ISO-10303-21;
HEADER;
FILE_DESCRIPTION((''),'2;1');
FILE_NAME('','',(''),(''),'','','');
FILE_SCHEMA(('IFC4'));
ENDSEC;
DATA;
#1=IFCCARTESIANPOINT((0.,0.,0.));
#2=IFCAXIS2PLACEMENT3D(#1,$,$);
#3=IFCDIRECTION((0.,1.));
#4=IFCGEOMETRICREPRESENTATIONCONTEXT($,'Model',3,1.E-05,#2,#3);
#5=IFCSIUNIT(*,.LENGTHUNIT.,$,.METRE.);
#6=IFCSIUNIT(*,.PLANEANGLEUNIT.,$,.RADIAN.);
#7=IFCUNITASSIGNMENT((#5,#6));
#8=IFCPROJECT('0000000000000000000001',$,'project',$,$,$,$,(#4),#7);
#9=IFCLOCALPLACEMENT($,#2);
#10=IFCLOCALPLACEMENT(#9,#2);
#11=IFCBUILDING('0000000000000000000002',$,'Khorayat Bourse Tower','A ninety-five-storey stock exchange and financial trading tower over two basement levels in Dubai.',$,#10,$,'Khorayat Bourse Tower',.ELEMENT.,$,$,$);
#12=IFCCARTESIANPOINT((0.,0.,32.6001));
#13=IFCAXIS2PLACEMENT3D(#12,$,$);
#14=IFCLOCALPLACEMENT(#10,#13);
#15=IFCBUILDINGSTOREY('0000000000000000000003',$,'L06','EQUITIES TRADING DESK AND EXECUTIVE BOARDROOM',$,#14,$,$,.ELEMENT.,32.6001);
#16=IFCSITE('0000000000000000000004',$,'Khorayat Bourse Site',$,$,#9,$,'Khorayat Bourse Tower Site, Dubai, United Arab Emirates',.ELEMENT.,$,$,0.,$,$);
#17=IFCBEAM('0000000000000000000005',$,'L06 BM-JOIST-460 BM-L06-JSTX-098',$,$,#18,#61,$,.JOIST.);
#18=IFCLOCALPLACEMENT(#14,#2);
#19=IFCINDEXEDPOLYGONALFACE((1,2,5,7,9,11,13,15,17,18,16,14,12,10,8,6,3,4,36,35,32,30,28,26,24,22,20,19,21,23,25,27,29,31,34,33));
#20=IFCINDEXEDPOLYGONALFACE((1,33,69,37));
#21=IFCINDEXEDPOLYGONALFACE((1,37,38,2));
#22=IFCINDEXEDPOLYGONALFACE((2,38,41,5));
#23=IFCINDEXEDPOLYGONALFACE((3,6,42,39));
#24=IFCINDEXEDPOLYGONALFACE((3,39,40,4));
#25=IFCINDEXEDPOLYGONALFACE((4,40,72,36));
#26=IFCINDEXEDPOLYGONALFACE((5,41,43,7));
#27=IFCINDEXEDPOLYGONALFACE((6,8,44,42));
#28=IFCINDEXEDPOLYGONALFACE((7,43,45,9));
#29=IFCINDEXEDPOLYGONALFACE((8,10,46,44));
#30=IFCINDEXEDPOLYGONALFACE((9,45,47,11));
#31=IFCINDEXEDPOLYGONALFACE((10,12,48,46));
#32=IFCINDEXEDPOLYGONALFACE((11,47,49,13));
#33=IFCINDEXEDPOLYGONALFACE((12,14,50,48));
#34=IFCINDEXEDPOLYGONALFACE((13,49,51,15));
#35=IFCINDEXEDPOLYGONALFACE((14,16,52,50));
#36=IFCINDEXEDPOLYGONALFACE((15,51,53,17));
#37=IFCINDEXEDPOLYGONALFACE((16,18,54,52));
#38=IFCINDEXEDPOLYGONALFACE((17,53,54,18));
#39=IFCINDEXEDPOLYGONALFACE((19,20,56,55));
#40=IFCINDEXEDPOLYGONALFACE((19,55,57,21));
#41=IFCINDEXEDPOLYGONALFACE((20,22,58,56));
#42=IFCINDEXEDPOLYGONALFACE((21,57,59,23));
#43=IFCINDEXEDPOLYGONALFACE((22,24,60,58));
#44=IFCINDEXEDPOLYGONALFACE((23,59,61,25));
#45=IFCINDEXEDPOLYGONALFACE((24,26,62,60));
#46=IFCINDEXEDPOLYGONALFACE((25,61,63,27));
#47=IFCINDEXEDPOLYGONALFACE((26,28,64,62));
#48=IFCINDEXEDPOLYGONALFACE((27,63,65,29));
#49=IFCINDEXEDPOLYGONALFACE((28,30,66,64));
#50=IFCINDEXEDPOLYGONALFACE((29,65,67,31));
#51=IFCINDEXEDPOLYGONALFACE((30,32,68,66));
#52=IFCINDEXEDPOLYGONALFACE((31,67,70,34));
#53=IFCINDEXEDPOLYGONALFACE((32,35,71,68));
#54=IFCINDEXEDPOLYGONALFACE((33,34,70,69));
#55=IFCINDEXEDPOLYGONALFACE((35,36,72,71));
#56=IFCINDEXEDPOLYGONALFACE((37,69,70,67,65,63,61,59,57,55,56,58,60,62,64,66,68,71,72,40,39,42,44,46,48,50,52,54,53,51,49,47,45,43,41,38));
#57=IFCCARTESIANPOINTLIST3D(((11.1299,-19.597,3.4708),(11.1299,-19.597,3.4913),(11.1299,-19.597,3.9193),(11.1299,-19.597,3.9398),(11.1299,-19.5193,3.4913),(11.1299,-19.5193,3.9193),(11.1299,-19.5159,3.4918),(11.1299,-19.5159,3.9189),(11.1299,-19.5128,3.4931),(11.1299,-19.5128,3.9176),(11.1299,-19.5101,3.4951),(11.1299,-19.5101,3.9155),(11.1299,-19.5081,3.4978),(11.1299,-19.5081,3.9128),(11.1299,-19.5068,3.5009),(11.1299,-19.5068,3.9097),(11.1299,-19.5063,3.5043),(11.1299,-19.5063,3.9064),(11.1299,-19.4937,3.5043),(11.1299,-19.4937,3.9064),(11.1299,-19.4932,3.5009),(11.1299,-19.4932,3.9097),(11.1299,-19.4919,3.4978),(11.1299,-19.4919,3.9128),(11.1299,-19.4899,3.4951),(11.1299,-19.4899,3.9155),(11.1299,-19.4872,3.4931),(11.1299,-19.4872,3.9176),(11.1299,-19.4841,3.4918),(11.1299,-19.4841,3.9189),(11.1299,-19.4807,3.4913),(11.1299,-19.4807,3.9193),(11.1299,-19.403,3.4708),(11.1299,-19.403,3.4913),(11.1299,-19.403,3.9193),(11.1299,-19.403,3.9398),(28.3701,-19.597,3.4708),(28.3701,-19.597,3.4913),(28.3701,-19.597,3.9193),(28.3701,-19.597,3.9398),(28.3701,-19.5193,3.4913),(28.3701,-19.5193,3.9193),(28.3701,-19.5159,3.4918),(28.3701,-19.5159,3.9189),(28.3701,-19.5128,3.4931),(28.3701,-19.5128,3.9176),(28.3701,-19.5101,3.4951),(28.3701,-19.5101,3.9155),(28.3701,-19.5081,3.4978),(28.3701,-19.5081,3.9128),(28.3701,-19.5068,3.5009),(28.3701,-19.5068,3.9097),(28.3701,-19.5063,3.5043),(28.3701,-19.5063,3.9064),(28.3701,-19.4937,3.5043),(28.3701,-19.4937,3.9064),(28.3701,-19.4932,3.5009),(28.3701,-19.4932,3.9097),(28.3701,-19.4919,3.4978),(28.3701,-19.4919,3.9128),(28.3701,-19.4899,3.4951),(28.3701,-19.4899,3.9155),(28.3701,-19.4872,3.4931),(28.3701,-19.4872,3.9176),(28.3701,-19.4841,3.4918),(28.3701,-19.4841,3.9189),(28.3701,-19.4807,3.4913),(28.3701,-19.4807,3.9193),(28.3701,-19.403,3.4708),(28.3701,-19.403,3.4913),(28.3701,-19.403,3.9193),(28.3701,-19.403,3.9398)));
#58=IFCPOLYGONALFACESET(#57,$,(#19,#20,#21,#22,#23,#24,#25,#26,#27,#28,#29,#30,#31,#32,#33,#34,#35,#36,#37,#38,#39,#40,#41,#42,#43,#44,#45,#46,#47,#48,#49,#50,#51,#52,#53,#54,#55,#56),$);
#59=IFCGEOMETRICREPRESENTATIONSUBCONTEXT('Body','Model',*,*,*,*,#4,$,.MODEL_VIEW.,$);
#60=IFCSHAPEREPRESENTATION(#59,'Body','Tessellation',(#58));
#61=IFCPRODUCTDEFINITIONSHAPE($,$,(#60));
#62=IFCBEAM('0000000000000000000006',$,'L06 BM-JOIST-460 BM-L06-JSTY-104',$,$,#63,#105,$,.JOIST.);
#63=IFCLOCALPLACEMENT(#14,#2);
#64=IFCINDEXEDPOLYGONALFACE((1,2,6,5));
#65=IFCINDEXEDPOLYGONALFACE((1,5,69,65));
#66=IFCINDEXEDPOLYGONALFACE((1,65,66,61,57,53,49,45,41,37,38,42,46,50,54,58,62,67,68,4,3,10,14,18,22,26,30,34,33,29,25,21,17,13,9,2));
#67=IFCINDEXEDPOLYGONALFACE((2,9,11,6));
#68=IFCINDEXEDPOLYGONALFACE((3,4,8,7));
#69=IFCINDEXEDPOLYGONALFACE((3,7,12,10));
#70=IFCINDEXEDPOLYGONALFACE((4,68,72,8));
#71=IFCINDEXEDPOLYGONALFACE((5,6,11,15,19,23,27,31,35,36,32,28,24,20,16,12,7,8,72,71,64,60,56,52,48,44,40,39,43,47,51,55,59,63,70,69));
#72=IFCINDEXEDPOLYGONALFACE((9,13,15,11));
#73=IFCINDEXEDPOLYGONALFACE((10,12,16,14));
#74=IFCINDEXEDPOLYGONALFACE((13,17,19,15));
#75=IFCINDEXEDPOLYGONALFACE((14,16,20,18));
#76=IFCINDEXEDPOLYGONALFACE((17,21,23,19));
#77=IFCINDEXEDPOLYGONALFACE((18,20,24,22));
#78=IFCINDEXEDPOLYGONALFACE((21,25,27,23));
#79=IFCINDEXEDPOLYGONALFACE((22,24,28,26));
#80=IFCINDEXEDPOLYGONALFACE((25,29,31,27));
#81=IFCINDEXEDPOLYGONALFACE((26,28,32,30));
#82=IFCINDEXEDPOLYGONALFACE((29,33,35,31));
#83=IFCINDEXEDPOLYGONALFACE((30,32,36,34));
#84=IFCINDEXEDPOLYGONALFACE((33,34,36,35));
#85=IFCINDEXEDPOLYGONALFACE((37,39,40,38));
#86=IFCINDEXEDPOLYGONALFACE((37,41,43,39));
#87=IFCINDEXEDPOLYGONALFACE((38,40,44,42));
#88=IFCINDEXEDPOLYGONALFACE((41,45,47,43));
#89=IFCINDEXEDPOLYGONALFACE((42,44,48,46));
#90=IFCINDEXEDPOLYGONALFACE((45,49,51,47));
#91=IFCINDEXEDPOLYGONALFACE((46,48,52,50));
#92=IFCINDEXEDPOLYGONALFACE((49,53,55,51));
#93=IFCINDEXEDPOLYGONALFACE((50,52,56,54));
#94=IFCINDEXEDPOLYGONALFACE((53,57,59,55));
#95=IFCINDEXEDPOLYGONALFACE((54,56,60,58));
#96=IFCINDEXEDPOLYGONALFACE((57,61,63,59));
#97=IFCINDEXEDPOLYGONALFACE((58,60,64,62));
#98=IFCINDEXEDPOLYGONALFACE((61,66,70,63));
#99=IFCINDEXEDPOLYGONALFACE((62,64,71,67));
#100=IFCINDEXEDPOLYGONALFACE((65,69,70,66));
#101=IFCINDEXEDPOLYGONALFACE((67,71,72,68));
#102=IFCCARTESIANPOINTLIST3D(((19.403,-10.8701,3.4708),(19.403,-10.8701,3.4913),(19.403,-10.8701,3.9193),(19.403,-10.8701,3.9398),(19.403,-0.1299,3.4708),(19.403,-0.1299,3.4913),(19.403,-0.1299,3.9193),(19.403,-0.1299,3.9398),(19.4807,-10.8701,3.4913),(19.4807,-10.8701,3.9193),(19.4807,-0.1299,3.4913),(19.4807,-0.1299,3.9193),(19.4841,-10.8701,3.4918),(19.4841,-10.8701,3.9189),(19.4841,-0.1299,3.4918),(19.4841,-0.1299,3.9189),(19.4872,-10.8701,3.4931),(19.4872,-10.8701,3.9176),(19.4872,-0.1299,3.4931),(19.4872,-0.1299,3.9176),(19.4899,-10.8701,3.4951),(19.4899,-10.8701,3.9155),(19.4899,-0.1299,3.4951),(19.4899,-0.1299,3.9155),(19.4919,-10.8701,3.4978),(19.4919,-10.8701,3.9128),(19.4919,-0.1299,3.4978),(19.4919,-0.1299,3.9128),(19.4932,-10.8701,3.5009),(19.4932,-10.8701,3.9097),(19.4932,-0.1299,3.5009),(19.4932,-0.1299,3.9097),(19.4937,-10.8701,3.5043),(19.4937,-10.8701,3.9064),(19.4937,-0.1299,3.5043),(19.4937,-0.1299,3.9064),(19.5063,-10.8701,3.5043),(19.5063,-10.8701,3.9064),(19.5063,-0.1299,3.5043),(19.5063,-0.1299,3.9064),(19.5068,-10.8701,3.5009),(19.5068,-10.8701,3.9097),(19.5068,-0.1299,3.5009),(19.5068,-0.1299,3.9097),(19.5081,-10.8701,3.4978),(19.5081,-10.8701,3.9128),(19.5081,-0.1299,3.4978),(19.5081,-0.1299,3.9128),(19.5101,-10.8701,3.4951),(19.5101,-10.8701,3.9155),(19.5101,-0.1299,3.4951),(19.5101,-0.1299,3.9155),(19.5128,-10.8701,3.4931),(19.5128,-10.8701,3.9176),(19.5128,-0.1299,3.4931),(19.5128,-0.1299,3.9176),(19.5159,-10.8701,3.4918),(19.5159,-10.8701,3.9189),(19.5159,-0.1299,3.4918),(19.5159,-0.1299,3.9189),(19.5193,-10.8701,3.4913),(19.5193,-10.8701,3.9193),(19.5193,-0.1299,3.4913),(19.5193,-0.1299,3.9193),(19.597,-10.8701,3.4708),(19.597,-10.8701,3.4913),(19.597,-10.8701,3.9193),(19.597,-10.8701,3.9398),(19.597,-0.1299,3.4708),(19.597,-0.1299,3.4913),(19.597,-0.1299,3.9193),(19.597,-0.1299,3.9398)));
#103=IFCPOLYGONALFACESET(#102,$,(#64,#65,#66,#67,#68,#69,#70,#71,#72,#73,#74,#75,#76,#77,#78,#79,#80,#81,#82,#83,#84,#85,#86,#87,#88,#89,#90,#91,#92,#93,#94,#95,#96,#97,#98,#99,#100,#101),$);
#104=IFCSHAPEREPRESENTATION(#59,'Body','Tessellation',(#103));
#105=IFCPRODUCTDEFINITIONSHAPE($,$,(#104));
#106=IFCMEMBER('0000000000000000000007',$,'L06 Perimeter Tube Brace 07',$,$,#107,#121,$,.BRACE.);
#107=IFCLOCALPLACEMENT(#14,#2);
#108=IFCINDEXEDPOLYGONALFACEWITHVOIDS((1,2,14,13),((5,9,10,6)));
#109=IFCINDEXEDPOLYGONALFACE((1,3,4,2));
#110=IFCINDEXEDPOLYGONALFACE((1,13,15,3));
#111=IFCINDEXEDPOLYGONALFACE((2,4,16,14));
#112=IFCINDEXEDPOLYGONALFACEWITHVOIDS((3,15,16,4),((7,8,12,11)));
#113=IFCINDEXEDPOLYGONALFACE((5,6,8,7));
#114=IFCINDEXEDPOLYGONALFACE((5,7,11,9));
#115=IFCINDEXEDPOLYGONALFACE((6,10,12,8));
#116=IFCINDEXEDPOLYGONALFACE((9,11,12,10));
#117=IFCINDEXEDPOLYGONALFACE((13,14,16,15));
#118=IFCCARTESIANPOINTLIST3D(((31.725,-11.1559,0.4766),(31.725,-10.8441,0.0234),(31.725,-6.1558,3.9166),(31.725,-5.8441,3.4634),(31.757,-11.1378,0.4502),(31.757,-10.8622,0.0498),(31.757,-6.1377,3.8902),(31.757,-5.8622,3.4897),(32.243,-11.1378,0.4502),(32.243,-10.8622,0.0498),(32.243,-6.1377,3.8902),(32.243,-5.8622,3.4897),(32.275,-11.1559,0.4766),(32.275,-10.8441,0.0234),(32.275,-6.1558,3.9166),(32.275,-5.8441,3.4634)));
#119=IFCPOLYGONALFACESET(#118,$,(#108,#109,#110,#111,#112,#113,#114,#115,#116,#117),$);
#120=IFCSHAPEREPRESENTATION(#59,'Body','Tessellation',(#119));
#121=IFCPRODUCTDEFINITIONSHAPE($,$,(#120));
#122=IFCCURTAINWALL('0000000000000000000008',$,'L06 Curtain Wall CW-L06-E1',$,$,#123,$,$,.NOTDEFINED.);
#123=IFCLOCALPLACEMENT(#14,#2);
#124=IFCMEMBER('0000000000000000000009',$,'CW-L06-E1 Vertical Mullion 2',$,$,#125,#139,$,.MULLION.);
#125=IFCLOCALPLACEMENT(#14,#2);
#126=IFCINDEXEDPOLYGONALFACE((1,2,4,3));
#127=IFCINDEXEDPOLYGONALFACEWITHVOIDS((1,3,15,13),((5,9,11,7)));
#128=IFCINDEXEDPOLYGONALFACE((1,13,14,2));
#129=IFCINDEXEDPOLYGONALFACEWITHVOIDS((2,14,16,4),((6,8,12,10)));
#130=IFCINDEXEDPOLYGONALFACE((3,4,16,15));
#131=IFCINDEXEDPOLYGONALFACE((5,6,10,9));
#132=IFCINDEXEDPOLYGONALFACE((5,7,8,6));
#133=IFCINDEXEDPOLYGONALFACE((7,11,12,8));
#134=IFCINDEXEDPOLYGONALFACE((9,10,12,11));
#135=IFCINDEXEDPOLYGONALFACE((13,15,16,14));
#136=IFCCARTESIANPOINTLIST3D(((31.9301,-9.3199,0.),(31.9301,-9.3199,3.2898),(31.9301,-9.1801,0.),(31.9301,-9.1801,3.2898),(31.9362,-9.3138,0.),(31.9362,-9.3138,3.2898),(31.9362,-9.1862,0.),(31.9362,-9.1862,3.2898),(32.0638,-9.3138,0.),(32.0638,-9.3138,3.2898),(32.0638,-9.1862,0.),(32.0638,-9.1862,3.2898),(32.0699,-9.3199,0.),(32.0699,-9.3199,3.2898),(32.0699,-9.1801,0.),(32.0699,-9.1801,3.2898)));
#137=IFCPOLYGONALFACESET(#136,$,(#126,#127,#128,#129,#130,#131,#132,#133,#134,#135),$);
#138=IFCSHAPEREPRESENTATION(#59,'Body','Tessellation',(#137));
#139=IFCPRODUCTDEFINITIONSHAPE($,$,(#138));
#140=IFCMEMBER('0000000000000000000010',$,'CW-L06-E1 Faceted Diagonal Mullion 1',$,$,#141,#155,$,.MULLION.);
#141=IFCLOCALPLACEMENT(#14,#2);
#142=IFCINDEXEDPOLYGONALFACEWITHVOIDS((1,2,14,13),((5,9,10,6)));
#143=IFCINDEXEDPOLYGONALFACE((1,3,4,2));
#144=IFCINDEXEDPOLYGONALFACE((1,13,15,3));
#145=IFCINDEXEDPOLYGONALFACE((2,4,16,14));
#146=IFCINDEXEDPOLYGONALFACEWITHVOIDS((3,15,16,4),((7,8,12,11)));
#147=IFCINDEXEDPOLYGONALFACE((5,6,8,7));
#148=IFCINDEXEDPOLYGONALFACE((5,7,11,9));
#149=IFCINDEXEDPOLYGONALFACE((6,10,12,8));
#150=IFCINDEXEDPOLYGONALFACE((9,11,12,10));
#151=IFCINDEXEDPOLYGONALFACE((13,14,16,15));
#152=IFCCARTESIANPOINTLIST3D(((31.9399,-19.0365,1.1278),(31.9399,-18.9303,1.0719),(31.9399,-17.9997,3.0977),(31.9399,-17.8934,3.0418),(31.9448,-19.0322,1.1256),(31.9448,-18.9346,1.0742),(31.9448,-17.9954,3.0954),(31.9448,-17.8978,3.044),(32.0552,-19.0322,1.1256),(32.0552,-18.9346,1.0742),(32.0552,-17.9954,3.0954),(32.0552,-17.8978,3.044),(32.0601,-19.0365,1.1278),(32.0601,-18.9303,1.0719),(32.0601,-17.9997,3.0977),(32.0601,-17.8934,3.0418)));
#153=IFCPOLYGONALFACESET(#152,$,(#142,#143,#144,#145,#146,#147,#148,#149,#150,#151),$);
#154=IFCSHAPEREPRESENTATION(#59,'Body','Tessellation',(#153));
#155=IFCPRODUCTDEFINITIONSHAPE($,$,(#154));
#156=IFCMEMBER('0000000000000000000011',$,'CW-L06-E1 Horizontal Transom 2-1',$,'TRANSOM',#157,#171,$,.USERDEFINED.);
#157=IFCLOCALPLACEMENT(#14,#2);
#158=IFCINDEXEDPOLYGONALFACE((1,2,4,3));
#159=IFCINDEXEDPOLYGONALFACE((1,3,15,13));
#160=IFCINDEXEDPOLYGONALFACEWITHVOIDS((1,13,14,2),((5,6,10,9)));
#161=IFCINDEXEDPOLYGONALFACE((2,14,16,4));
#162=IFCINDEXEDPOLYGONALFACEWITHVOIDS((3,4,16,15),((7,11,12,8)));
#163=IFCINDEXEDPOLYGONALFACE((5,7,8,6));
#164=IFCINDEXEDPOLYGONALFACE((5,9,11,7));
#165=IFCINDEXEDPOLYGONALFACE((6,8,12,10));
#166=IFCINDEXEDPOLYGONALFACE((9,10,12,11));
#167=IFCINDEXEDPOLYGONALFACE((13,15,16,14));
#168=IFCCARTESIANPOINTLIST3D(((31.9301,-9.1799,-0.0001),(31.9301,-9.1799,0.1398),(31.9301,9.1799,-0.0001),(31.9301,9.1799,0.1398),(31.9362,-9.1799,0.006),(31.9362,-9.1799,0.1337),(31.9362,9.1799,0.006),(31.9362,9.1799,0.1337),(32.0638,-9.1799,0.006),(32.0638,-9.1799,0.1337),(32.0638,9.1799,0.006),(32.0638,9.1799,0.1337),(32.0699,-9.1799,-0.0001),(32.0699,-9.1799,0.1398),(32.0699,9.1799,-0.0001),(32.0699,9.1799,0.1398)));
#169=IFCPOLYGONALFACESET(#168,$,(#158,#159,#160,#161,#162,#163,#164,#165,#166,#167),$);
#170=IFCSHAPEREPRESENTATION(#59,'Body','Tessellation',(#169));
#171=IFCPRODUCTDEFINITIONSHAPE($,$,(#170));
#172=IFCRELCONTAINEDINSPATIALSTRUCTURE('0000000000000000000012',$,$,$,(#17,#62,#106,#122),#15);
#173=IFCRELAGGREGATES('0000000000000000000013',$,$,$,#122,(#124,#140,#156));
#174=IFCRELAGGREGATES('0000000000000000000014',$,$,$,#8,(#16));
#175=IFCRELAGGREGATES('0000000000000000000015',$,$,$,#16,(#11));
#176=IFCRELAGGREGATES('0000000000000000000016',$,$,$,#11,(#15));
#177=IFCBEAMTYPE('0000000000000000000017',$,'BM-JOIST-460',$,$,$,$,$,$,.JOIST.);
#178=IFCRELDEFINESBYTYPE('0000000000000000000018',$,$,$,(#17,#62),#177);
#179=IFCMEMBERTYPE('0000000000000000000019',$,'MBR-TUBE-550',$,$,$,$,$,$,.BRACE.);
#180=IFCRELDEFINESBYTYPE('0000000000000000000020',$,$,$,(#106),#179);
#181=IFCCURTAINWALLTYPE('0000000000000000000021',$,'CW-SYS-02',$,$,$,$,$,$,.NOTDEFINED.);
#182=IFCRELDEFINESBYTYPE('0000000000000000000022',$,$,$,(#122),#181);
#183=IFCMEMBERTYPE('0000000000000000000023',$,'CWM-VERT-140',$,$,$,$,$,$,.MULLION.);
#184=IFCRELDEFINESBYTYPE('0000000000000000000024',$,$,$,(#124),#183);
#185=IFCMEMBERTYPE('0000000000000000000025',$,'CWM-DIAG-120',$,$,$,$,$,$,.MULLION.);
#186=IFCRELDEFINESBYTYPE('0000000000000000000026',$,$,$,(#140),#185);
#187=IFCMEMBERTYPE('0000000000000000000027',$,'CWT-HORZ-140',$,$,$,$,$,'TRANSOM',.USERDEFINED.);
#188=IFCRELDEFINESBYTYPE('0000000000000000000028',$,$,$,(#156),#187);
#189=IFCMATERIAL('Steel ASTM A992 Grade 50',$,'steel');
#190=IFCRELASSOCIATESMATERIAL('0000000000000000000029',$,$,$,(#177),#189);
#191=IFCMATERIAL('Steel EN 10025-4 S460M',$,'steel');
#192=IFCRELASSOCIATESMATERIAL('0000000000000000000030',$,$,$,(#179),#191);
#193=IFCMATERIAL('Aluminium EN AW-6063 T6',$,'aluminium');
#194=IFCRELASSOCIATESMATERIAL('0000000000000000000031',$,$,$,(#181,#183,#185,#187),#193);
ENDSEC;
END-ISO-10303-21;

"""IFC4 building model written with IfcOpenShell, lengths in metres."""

from ifc_helpers import new_model, si_unit, direction, frame, origin, origin_2d, place, context, subcontext, project, spatial, hollow_rectangle, i_section, extrude, source, transform, mapped, material, material_profile, profile_set, type_object, element, aggregate, save


model = new_model("IFC4")

# Units and contexts
model_context = context("Model", 3, precision=1e-05, world=origin(), true_north=direction((0.0, 1.0)))
body_context = subcontext(model_context, "Body", "Model", "MODEL_VIEW")
ifc_project = project(units=[si_unit("LENGTHUNIT", "METRE"), si_unit("PLANEANGLEUNIT", "RADIAN")], contexts=[model_context])

# Site, building, storey
site_placement = place(None, origin())
site = spatial("IfcSite", under=ifc_project, at=site_placement, Name="Khorayat Bourse Site", LongName="Khorayat Bourse Tower Site, Dubai, United Arab Emirates", CompositionType="ELEMENT", RefElevation=0.0)
building_placement = place(site_placement, origin())
building = spatial("IfcBuilding", under=site, at=building_placement, Name="Khorayat Bourse Tower", Description="A ninety-five-storey stock exchange and financial trading tower over two basement levels in Dubai.", LongName="Khorayat Bourse Tower", CompositionType="ELEMENT")
storey_placement = place(building_placement, frame((0.0, 0.0, 32.6001)))
storey = spatial("IfcBuildingStorey", under=building, at=storey_placement, Name="L06", Description="EQUITIES TRADING DESK AND EXECUTIVE BOARDROOM", CompositionType="ELEMENT", Elevation=32.6001)

# Shared definitions
ifc_material_1 = material(Name="Steel EN 10025-4 S460M", Category="steel")

# Beams
ifc_material_2 = material(Name="Steel ASTM A992 Grade 50", Category="steel")
ifc_material_profile_1 = material_profile(ifc_material_2, i_section(OverallWidth=0.1941, OverallDepth=0.469, WebThickness=0.0127, FlangeThickness=0.0205, FilletRadius=0.0129, at=origin_2d()), Name="W460X106")
ifc_profile_set_1 = profile_set([ifc_material_profile_1], Name="Steel ASTM A992 Grade 50")
beam_type_1 = type_object("IfcBeamType", Name="BM-JOIST-460", PredefinedType="JOIST", material=ifc_profile_set_1)
shared_shape_1 = source(origin(), body_context, "Body", "SweptSolid", [
    extrude(i_section(OverallWidth=0.1941, OverallDepth=0.469, WebThickness=0.0127, FlangeThickness=0.0205, FilletRadius=0.0129, at=origin_2d()), origin(), (0.0, 0.0, 1.0), 17.2402),
])
beam_1_placement = place(storey_placement, frame((11.1299, -19.5, 3.7053), z_axis=(1.0, 0.0, 0.0), x_axis=(0.0, 1.0, 0.0)))
element("IfcBeam", 1, at=beam_1_placement, inside=storey, type_object=beam_type_1, Name="L06 BM-JOIST-460 BM-L06-JSTX-098", PredefinedType="JOIST", context=body_context, shape_type="MappedRepresentation", body=[
    mapped(shared_shape_1, transform((0.0, 0.0, 0.0), scale=1.0)),
])
shared_shape_2 = source(origin(), body_context, "Body", "SweptSolid", [
    extrude(i_section(OverallWidth=0.1941, OverallDepth=0.469, WebThickness=0.0127, FlangeThickness=0.0205, FilletRadius=0.0129, at=origin_2d()), origin(), (0.0, 0.0, 1.0), 10.7402),
])
beam_2_placement = place(storey_placement, frame((19.5, -10.8701, 3.7053), z_axis=(0.0, 1.0, 0.0), x_axis=(-1.0, 0.0, 0.0)))
element("IfcBeam", 2, at=beam_2_placement, inside=storey, type_object=beam_type_1, Name="L06 BM-JOIST-460 BM-L06-JSTY-104", PredefinedType="JOIST", context=body_context, shape_type="MappedRepresentation", body=[
    mapped(shared_shape_2, transform((0.0, 0.0, 0.0), scale=1.0)),
])

# Member
ifc_material_profile_2 = material_profile(ifc_material_1, hollow_rectangle(XDim=0.55, YDim=0.55, WallThickness=0.032, at=origin_2d()), Name="HSS 550x550x32")
ifc_profile_set_2 = profile_set([ifc_material_profile_2], Name="Steel EN 10025-4 S460M")
member_type_1 = type_object("IfcMemberType", Name="MBR-TUBE-550", PredefinedType="BRACE", material=ifc_profile_set_2)
shared_shape_3 = source(origin(), body_context, "Body", "SweptSolid", [
    extrude(hollow_rectangle(XDim=0.55, YDim=0.55, WallThickness=0.032, at=origin_2d()), origin(), (0.0, 0.0, 1.0), 6.0691),
])
member_1_placement = place(storey_placement, frame((32.0, -11.0, 0.25), z_axis=(0.0, 0.823854, 0.566802), x_axis=(-1.0, 0.0, 0.0)))
element("IfcMember", 3, at=member_1_placement, inside=storey, type_object=member_type_1, Name="L06 Perimeter Tube Brace 07", PredefinedType="BRACE", context=body_context, shape_type="MappedRepresentation", body=[
    mapped(shared_shape_3, transform((0.0, 0.0, 0.0), scale=1.0)),
])

# Curtain wall, members
ifc_material_3 = material(Name="Aluminium EN AW-6063 T6", Category="aluminium")
curtain_wall_type = type_object("IfcCurtainWallType", Name="CW-SYS-02", PredefinedType="NOTDEFINED", material=ifc_material_3)
curtain_wall_placement = place(storey_placement, origin())
curtain_wall = element("IfcCurtainWall", 4, at=curtain_wall_placement, inside=storey, type_object=curtain_wall_type, Name="L06 Curtain Wall CW-L06-E1", PredefinedType="NOTDEFINED")
ifc_material_profile_3 = material_profile(ifc_material_3, hollow_rectangle(XDim=0.1399, YDim=0.1399, WallThickness=0.0061, at=origin_2d()), Name="ALU 140x140x6")
ifc_profile_set_3 = profile_set([ifc_material_profile_3], Name="Aluminium EN AW-6063 T6")
member_type_2 = type_object("IfcMemberType", Name="CWM-VERT-140", PredefinedType="MULLION", material=ifc_profile_set_3)
shared_shape_4 = source(origin(), body_context, "Body", "SweptSolid", [
    extrude(hollow_rectangle(XDim=0.1399, YDim=0.1399, WallThickness=0.0061, at=origin_2d()), origin(), (0.0, 0.0, 1.0), 3.2898),
])
member_2_placement = place(storey_placement, frame((32.0, -9.25, 0.0), z_axis=(0.0, 0.0, 1.0), x_axis=(-1.0, 0.0, 0.0)))
member_2 = element("IfcMember", 5, at=member_2_placement, type_object=member_type_2, Name="CW-L06-E1 Vertical Mullion 2", PredefinedType="MULLION", context=body_context, shape_type="MappedRepresentation", body=[
    mapped(shared_shape_4, transform((0.0, 0.0, 0.0), scale=1.0)),
])
ifc_material_profile_4 = material_profile(ifc_material_3, hollow_rectangle(XDim=0.1201, YDim=0.1201, WallThickness=0.0049, at=origin_2d()), Name="ALU 120x120x5")
ifc_profile_set_4 = profile_set([ifc_material_profile_4], Name="Aluminium EN AW-6063 T6")
member_type_3 = type_object("IfcMemberType", Name="CWM-DIAG-120", PredefinedType="MULLION", material=ifc_profile_set_4)
shared_shape_5 = source(origin(), body_context, "Body", "SweptSolid", [
    extrude(hollow_rectangle(XDim=0.1201, YDim=0.1201, WallThickness=0.0049, at=origin_2d()), origin(), (0.0, 0.0, 1.0), 2.2261),
])
member_3_placement = place(storey_placement, frame((32.0, -18.9834, 1.0999), z_axis=(0.0, 0.46576, 0.884911), x_axis=(-1.0, 0.0, 0.0)))
member_3 = element("IfcMember", 6, at=member_3_placement, type_object=member_type_3, Name="CW-L06-E1 Faceted Diagonal Mullion 1", PredefinedType="MULLION", context=body_context, shape_type="MappedRepresentation", body=[
    mapped(shared_shape_5, transform((0.0, 0.0, 0.0), scale=1.0)),
])
ifc_material_profile_5 = material_profile(ifc_material_3, hollow_rectangle(XDim=0.1399, YDim=0.1399, WallThickness=0.0061, at=origin_2d()), Name="ALU 140x140x6")
ifc_profile_set_5 = profile_set([ifc_material_profile_5], Name="Aluminium EN AW-6063 T6")
member_type_4 = type_object("IfcMemberType", Name="CWT-HORZ-140", ElementType="TRANSOM", PredefinedType="USERDEFINED", material=ifc_profile_set_5)
shared_shape_6 = source(origin(), body_context, "Body", "SweptSolid", [
    extrude(hollow_rectangle(XDim=0.1399, YDim=0.1399, WallThickness=0.0061, at=origin_2d()), origin(), (0.0, 0.0, 1.0), 18.3599),
])
member_4_placement = place(storey_placement, frame((32.0, -9.1799, 0.0698), z_axis=(0.0, 1.0, 0.0), x_axis=(-1.0, 0.0, 0.0)))
member_4 = element("IfcMember", 7, at=member_4_placement, type_object=member_type_4, Name="CW-L06-E1 Horizontal Transom 2-1", ObjectType="TRANSOM", PredefinedType="USERDEFINED", context=body_context, shape_type="MappedRepresentation", body=[
    mapped(shared_shape_6, transform((0.0, 0.0, 0.0), scale=1.0)),
])

aggregate(curtain_wall, [member_2, member_3, member_4])

save(model, "model.ifc")
